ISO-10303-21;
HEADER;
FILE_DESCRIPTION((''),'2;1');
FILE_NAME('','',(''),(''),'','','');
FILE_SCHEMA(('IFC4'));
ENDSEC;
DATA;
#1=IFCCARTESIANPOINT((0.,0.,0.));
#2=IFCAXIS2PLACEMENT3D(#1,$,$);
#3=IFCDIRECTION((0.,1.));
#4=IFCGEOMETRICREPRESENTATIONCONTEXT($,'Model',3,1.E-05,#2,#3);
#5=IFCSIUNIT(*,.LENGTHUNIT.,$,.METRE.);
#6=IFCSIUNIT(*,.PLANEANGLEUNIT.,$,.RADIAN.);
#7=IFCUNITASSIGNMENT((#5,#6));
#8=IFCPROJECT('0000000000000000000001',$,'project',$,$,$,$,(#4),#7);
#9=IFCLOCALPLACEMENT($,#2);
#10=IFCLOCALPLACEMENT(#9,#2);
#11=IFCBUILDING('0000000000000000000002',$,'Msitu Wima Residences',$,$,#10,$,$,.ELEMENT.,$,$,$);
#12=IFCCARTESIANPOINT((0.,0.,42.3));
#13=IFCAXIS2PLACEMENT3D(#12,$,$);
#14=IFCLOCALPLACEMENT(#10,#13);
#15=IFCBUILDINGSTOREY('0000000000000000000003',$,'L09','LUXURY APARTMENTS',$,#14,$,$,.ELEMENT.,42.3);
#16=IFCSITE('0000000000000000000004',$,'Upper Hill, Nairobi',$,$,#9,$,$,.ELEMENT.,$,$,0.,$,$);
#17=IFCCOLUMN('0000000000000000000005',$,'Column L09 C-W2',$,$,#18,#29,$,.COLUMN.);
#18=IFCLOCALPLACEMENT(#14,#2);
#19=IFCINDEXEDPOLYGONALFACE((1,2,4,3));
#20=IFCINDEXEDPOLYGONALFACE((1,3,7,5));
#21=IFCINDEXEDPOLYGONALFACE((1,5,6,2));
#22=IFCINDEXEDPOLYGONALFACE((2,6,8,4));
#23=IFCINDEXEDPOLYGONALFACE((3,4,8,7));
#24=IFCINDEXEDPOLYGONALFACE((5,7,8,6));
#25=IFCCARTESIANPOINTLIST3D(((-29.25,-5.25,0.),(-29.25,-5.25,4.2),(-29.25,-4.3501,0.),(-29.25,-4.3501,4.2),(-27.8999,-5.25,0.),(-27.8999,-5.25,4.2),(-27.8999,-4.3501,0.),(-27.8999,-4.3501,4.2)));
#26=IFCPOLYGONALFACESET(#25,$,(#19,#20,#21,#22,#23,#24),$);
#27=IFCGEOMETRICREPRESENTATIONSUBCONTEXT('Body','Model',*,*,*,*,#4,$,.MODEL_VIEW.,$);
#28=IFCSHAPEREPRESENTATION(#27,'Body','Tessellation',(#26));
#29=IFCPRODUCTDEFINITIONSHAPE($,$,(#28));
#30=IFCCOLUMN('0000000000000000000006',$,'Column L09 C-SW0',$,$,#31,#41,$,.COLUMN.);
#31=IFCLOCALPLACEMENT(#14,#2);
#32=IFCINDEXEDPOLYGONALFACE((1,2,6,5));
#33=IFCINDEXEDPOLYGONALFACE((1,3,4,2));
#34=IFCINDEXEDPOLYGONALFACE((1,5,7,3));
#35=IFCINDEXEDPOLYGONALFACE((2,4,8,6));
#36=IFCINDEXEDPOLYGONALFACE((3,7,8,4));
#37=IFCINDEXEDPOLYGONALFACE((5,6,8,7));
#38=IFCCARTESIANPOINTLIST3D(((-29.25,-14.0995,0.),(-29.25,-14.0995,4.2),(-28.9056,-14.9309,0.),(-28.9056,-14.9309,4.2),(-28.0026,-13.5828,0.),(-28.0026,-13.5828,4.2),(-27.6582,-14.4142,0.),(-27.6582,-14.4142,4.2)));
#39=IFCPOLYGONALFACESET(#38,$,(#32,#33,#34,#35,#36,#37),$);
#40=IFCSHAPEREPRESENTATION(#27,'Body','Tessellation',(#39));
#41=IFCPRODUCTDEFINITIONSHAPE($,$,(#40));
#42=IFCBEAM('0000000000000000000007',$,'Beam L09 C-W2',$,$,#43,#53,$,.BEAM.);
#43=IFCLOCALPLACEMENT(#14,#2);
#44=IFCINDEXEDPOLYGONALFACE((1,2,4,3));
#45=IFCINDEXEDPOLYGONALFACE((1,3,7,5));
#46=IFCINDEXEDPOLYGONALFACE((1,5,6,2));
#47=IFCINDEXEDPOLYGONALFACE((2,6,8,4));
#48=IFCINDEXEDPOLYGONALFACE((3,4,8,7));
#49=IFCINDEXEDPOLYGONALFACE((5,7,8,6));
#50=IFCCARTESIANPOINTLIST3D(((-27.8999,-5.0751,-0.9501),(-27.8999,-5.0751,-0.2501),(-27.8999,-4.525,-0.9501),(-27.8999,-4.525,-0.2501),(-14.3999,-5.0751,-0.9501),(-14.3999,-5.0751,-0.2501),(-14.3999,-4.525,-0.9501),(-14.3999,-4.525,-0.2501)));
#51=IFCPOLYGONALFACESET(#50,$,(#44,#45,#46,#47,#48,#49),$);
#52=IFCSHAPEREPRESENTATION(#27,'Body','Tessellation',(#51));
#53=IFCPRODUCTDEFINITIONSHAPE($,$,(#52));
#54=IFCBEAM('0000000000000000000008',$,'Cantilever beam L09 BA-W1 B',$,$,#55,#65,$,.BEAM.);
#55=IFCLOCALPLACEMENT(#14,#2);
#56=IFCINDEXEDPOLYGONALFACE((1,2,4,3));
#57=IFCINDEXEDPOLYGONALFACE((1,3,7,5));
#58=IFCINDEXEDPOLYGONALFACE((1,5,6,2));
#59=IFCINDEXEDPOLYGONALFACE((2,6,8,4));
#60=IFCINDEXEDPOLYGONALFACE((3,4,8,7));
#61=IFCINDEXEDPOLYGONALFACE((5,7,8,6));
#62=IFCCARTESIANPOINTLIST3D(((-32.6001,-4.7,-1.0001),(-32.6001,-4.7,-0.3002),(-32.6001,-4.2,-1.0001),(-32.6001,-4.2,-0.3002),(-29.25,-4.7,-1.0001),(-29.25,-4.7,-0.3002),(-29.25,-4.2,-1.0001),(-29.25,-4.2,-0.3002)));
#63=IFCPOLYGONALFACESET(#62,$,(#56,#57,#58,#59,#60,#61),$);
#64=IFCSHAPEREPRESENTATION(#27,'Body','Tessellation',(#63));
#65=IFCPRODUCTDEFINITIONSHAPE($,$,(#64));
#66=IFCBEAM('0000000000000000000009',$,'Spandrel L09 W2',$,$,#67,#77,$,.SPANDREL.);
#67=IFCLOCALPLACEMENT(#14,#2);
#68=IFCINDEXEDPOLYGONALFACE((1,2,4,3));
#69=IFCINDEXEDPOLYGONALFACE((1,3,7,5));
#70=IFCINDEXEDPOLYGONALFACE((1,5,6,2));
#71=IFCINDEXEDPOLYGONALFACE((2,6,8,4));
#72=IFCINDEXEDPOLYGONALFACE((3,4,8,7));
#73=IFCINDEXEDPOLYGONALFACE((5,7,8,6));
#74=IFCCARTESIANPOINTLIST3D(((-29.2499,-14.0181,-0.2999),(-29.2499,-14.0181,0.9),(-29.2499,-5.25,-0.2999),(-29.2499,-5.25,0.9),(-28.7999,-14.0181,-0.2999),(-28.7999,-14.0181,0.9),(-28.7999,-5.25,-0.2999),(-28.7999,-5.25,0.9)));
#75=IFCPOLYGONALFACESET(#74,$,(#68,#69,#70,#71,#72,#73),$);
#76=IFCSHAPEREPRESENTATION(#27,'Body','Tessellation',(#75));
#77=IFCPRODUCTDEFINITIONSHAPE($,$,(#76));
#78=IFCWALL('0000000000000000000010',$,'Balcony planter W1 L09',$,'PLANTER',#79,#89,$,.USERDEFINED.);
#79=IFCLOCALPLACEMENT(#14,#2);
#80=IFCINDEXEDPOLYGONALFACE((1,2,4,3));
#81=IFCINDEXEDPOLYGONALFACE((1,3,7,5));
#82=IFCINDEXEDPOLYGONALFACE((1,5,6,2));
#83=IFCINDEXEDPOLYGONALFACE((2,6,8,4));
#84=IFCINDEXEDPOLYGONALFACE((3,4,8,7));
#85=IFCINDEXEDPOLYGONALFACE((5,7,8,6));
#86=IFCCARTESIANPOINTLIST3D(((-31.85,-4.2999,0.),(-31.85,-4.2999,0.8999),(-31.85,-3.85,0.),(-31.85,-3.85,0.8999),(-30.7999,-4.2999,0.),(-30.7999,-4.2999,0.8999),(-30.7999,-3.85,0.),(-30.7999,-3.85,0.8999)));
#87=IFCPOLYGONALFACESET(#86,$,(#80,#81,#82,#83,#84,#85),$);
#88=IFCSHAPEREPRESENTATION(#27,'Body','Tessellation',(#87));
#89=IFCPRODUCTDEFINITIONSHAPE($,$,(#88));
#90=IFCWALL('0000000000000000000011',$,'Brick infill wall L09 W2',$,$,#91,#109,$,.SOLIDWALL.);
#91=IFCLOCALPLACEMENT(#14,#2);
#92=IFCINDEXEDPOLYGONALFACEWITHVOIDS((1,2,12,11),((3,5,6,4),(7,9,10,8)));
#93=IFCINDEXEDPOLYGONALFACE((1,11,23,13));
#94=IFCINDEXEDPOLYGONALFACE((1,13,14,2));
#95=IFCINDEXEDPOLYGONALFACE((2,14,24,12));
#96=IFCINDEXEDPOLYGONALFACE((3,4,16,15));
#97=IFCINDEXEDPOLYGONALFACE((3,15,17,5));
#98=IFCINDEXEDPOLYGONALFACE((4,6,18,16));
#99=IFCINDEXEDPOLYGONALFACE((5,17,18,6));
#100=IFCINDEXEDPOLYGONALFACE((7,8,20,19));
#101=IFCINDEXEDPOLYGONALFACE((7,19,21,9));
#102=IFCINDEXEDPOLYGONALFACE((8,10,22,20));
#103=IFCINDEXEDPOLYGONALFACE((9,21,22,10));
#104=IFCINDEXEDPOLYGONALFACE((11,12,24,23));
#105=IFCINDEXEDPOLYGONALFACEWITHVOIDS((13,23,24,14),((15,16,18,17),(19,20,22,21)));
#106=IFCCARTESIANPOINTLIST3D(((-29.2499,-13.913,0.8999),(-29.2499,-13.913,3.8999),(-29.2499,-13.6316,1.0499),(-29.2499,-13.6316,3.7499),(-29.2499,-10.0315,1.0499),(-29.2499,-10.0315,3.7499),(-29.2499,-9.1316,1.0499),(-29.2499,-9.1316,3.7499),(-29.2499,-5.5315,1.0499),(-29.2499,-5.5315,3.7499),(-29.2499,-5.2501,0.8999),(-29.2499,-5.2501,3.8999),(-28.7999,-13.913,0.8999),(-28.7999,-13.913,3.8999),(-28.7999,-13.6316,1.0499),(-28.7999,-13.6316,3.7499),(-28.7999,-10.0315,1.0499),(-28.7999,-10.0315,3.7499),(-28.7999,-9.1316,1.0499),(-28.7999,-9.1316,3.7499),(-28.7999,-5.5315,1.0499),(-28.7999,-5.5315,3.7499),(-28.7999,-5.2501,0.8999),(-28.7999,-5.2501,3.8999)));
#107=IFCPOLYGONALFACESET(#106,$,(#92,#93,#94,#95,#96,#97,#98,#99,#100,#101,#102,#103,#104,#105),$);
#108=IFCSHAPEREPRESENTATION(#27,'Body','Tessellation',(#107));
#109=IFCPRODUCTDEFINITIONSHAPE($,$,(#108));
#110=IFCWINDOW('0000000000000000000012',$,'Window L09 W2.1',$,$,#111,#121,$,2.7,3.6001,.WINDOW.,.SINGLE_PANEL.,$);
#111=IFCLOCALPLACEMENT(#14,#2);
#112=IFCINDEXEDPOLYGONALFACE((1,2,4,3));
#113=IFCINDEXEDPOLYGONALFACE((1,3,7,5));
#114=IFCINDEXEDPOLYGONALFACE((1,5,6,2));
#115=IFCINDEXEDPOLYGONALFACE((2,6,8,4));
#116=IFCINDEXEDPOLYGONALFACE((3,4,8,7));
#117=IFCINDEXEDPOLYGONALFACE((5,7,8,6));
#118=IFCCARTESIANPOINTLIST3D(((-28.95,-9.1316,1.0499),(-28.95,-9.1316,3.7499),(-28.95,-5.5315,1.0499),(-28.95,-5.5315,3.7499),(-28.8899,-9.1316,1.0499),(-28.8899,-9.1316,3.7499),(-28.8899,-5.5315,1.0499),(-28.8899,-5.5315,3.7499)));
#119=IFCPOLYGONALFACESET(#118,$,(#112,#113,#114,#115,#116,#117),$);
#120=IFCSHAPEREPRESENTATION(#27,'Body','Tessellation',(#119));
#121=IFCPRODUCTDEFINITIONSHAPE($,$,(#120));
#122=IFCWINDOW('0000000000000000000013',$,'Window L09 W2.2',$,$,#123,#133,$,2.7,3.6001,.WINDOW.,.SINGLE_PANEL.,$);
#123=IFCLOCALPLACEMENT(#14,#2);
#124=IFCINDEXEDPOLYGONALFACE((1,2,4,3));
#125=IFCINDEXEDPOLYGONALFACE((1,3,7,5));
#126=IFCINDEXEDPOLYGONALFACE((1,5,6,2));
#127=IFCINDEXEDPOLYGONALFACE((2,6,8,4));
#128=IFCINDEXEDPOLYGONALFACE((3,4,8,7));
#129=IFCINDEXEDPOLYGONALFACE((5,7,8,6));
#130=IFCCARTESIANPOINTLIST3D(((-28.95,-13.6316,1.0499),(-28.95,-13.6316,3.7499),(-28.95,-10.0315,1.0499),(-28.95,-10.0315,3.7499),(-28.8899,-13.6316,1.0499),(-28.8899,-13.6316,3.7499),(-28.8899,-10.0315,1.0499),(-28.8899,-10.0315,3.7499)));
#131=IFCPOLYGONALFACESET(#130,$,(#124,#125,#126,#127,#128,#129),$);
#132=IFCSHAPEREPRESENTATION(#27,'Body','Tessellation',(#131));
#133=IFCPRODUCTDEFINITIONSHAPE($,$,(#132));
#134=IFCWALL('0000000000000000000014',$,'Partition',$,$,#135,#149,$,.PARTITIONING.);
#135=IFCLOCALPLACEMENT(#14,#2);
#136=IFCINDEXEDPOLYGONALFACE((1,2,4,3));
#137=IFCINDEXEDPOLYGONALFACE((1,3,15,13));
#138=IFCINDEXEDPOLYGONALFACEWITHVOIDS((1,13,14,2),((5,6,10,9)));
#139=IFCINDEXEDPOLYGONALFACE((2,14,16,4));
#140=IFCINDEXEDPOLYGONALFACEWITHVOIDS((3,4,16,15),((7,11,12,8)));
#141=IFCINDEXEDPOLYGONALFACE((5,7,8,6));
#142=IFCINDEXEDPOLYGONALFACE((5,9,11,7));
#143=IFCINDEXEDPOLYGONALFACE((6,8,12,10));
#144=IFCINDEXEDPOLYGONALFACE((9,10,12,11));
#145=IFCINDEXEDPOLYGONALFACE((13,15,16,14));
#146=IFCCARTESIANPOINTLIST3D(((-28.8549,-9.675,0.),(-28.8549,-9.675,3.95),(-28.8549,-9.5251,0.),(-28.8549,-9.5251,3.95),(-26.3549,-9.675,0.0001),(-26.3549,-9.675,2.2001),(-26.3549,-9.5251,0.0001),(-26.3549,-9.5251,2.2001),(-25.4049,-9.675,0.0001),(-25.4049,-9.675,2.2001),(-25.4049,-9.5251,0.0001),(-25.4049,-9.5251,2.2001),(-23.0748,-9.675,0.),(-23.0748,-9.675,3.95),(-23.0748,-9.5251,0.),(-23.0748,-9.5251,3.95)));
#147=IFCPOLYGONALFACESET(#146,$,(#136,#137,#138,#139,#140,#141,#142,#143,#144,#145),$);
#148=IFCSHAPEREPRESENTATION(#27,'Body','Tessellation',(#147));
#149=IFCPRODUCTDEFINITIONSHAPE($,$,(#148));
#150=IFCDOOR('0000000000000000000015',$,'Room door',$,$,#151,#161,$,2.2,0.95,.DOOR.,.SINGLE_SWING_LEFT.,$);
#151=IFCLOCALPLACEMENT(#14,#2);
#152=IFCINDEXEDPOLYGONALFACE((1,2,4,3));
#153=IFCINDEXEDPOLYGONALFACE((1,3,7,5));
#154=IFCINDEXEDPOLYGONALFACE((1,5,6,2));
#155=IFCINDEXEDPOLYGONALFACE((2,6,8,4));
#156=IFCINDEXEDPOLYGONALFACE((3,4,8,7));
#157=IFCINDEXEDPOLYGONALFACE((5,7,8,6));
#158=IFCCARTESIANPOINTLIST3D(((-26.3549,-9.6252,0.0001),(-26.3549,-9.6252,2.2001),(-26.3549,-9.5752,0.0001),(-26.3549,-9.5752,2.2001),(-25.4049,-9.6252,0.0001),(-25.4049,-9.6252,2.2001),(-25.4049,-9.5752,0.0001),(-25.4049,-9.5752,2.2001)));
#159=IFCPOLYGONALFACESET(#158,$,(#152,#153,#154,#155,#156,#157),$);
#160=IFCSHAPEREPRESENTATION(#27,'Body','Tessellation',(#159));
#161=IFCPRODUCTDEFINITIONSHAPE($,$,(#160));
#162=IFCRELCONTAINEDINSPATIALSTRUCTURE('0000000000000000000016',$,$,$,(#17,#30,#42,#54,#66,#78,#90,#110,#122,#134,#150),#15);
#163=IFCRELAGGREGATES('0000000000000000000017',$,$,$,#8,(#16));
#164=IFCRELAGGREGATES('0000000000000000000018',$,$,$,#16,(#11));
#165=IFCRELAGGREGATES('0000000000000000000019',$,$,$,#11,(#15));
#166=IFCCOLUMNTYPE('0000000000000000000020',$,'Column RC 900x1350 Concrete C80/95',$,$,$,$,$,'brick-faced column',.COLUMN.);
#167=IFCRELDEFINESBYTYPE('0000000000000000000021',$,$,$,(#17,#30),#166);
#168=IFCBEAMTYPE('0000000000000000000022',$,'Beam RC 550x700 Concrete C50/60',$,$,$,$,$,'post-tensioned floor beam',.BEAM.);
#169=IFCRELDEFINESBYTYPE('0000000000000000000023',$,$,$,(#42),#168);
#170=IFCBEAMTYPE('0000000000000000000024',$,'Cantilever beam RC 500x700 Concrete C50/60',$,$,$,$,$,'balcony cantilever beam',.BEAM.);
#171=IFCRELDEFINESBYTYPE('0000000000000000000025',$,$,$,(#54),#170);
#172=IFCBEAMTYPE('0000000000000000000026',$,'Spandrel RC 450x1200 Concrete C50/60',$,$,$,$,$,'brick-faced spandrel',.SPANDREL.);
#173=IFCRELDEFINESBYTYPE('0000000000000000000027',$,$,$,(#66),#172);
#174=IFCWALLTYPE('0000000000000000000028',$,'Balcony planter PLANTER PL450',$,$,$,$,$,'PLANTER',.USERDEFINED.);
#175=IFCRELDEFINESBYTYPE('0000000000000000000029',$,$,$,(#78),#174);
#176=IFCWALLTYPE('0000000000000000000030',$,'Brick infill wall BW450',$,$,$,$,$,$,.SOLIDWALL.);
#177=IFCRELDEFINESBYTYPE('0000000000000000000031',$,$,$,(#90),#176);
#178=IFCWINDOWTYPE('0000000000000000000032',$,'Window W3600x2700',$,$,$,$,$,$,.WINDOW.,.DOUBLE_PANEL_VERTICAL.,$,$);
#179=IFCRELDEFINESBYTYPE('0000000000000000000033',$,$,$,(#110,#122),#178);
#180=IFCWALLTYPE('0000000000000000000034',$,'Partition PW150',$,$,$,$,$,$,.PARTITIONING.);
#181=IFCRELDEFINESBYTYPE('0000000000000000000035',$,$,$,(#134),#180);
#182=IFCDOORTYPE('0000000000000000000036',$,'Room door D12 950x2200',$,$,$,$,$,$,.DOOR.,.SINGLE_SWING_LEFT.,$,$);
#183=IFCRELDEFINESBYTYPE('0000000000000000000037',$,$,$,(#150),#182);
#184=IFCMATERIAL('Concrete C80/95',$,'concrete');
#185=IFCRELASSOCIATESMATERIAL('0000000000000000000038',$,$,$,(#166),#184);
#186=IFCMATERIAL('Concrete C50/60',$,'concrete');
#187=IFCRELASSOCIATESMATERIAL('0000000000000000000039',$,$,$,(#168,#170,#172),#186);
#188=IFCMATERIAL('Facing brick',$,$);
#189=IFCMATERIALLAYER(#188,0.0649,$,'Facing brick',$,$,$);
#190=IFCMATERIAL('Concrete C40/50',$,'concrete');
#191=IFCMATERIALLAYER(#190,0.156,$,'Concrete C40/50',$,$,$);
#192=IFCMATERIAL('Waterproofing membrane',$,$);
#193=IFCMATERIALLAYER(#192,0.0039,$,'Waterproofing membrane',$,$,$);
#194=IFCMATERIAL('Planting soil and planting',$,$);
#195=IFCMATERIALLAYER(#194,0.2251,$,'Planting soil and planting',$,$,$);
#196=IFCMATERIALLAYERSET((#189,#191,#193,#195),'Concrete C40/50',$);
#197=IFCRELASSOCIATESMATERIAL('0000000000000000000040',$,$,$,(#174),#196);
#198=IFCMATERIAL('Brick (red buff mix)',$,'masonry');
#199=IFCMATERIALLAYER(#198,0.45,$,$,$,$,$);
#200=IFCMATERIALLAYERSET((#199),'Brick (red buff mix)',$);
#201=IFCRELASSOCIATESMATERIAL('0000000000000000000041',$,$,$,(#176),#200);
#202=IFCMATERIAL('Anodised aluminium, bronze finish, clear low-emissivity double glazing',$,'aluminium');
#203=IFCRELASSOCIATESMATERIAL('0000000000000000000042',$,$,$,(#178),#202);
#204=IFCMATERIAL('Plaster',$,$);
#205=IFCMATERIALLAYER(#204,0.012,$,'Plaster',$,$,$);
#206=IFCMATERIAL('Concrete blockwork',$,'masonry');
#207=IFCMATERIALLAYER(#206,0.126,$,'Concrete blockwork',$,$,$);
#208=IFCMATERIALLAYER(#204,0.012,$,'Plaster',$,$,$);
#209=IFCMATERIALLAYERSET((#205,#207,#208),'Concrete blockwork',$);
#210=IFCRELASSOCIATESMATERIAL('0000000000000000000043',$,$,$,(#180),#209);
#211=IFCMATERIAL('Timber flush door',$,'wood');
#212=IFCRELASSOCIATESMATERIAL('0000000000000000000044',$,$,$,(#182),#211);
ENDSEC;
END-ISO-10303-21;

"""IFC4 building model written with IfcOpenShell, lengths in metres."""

from ifc_helpers import new_model, si_unit, direction, frame, frame_2d, origin, origin_2d, place, context, subcontext, project, spatial, rectangle, extrude, material, layer, layer_set, material_profile, profile_set, type_object, element, fill, save


model = new_model("IFC4")

# Units and contexts
model_context = context("Model", 3, precision=1e-05, world=origin(), true_north=direction((0.0, 1.0)))
body_context = subcontext(model_context, "Body", "Model", "MODEL_VIEW")
ifc_project = project(units=[si_unit("LENGTHUNIT", "METRE"), si_unit("PLANEANGLEUNIT", "RADIAN")], contexts=[model_context])

# Site, building, storey
site_placement = place(None, origin())
site = spatial("IfcSite", under=ifc_project, at=site_placement, Name="Upper Hill, Nairobi", CompositionType="ELEMENT", RefElevation=0.0)
building_placement = place(site_placement, origin())
building = spatial("IfcBuilding", under=site, at=building_placement, Name="Msitu Wima Residences", CompositionType="ELEMENT")
storey_placement = place(building_placement, frame((0.0, 0.0, 42.3)))
storey = spatial("IfcBuildingStorey", under=building, at=storey_placement, Name="L09", Description="LUXURY APARTMENTS", CompositionType="ELEMENT", Elevation=42.3)

# Columns
ifc_material_1 = material(Name="Concrete C80/95", Category="concrete")
ifc_material_profile_1 = material_profile(ifc_material_1, rectangle(XDim=0.8999, YDim=1.3501, at=origin_2d()), Name="RC 900x1350")
ifc_profile_set_1 = profile_set([ifc_material_profile_1], Name="Concrete C80/95")
column_type = type_object("IfcColumnType", Name="Column RC 900x1350 Concrete C80/95", ElementType="brick-faced column", PredefinedType="COLUMN", material=ifc_profile_set_1)
for number, where, z_axis, x_axis, name in (
    (1, (-28.575, -4.8, 0.0), (0.0, 0.0, 1.0), (0.0, -1.0, 0.0), "Column L09 C-W2"),
    (2, (-28.4541, -14.2568, 0.0), (0.0, 0.0, 1.0), (0.382683, -0.92388, 0.0), "Column L09 C-SW0"),
):
    element("IfcColumn", number, at=place(storey_placement, frame(where, z_axis=z_axis, x_axis=x_axis)), inside=storey, type_object=column_type, Name=name, PredefinedType="COLUMN", context=body_context, shape_type="SweptSolid", body=[
        extrude(rectangle(XDim=0.8999, YDim=1.3501, at=origin_2d()), origin(), (0.0, 0.0, 1.0), 4.2),
    ])

# Beams
ifc_material_2 = material(Name="Concrete C50/60", Category="concrete")
ifc_material_profile_2 = material_profile(ifc_material_2, rectangle(XDim=0.55, YDim=0.7, at=origin_2d()), Name="RC 550x700")
ifc_profile_set_2 = profile_set([ifc_material_profile_2], Name="Concrete C50/60")
beam_type_1 = type_object("IfcBeamType", Name="Beam RC 550x700 Concrete C50/60", ElementType="post-tensioned floor beam", PredefinedType="BEAM", material=ifc_profile_set_2)
beam_1_placement = place(storey_placement, frame((-27.8999, -4.8, -0.6001), z_axis=(1.0, 0.0, 0.0), x_axis=(0.0, 1.0, 0.0)))
element("IfcBeam", 3, at=beam_1_placement, inside=storey, type_object=beam_type_1, Name="Beam L09 C-W2", PredefinedType="BEAM", context=body_context, shape_type="SweptSolid", body=[
    extrude(rectangle(XDim=0.55, YDim=0.7, at=origin_2d()), origin(), (0.0, 0.0, 1.0), 13.5),
])
ifc_material_profile_3 = material_profile(ifc_material_2, rectangle(XDim=0.5, YDim=0.7, at=origin_2d()), Name="RC 500x700")
ifc_profile_set_3 = profile_set([ifc_material_profile_3], Name="Concrete C50/60")
beam_type_2 = type_object("IfcBeamType", Name="Cantilever beam RC 500x700 Concrete C50/60", ElementType="balcony cantilever beam", PredefinedType="BEAM", material=ifc_profile_set_3)
beam_2_placement = place(storey_placement, frame((-29.25, -4.45, -0.6501), z_axis=(-1.0, 0.0, 0.0), x_axis=(0.0, -1.0, 0.0)))
element("IfcBeam", 4, at=beam_2_placement, inside=storey, type_object=beam_type_2, Name="Cantilever beam L09 BA-W1 B", PredefinedType="BEAM", context=body_context, shape_type="SweptSolid", body=[
    extrude(rectangle(XDim=0.5, YDim=0.7, at=origin_2d()), origin(), (0.0, 0.0, 1.0), 3.3501),
])
ifc_material_profile_4 = material_profile(ifc_material_2, rectangle(XDim=0.45, YDim=1.2, at=origin_2d()), Name="RC 450x1200")
ifc_profile_set_4 = profile_set([ifc_material_profile_4], Name="Concrete C50/60")
beam_type_3 = type_object("IfcBeamType", Name="Spandrel RC 450x1200 Concrete C50/60", ElementType="brick-faced spandrel", PredefinedType="SPANDREL", material=ifc_profile_set_4)
beam_3_placement = place(storey_placement, frame((-29.0249, -5.25, 0.3), z_axis=(0.0, -1.0, 0.0), x_axis=(1.0, 0.0, 0.0)))
element("IfcBeam", 5, at=beam_3_placement, inside=storey, type_object=beam_type_3, Name="Spandrel L09 W2", PredefinedType="SPANDREL", context=body_context, shape_type="SweptSolid", body=[
    extrude(rectangle(XDim=0.45, YDim=1.2, at=origin_2d()), origin(), (0.0, 0.0, 1.0), 8.7681),
])

# Wall
ifc_material_3 = material(Name="Facing brick")
ifc_layer_1 = layer(ifc_material_3, 0.0649, Name="Facing brick")
ifc_material_4 = material(Name="Concrete C40/50", Category="concrete")
ifc_layer_2 = layer(ifc_material_4, 0.156, Name="Concrete C40/50")
ifc_material_5 = material(Name="Waterproofing membrane")
ifc_layer_3 = layer(ifc_material_5, 0.0039, Name="Waterproofing membrane")
ifc_material_6 = material(Name="Planting soil and planting")
ifc_layer_4 = layer(ifc_material_6, 0.2251, Name="Planting soil and planting")
ifc_layer_set_1 = layer_set([ifc_layer_1, ifc_layer_2, ifc_layer_3, ifc_layer_4], Name="Concrete C40/50")
wall_type_1 = type_object("IfcWallType", Name="Balcony planter PLANTER PL450", ElementType="PLANTER", PredefinedType="USERDEFINED", material=ifc_layer_set_1)
wall_1_placement = place(storey_placement, frame((-30.8, -4.075, 0.0), z_axis=(0.0, 0.0, 1.0), x_axis=(-1.0, 0.0, 0.0)))
element("IfcWall", 6, at=wall_1_placement, inside=storey, type_object=wall_type_1, Name="Balcony planter W1 L09", ObjectType="PLANTER", PredefinedType="USERDEFINED", context=body_context, shape_type="SweptSolid", body=[
    extrude(rectangle(XDim=1.05, YDim=0.45, at=frame_2d((0.5249, 0.0))), origin(), (0.0, 0.0, 1.0), 0.8999),
])

# Wall, openings, windows
ifc_material_7 = material(Name="Brick (red buff mix)", Category="masonry")
ifc_layer_5 = layer(ifc_material_7, 0.45)
ifc_layer_set_2 = layer_set([ifc_layer_5], Name="Brick (red buff mix)")
wall_type_2 = type_object("IfcWallType", Name="Brick infill wall BW450", PredefinedType="SOLIDWALL", material=ifc_layer_set_2)
wall_2_placement = place(storey_placement, frame((-29.0249, -5.25, 0.8999), z_axis=(0.0, 0.0, 1.0), x_axis=(0.0, -1.0, 0.0)))
wall_2 = element("IfcWall", 7, at=wall_2_placement, inside=storey, type_object=wall_type_2, Name="Brick infill wall L09 W2", PredefinedType="SOLIDWALL", context=body_context, shape_type="SweptSolid", body=[
    extrude(rectangle(XDim=8.6628, YDim=0.45, at=frame_2d((4.3315, 0.0))), origin(), (0.0, 0.0, 1.0), 3.0),
])
opening_1_placement = place(wall_2_placement, frame((0.2815, 0.0, 0.1499)))
opening_1 = element("IfcOpeningElement", 8, at=opening_1_placement, cuts=wall_2, PredefinedType="OPENING", context=body_context, shape_type="SweptSolid", body=[
    extrude(rectangle(XDim=3.6001, YDim=2.7, at=frame_2d((1.8, 1.3501))), frame((0.0, 0.2349, 0.0), z_axis=(0.0, -1.0, 0.0), x_axis=(1.0, 0.0, 0.0)), (0.0, 0.0, 1.0), 0.47),
])
opening_2_placement = place(wall_2_placement, frame((4.7815, 0.0, 0.1499)))
opening_2 = element("IfcOpeningElement", 9, at=opening_2_placement, cuts=wall_2, PredefinedType="OPENING", context=body_context, shape_type="SweptSolid", body=[
    extrude(rectangle(XDim=3.6001, YDim=2.7, at=frame_2d((1.8, 1.3501))), frame((0.0, 0.2349, 0.0), z_axis=(0.0, -1.0, 0.0), x_axis=(1.0, 0.0, 0.0)), (0.0, 0.0, 1.0), 0.47),
])
ifc_material_8 = material(Name="Anodised aluminium, bronze finish, clear low-emissivity double glazing", Category="aluminium")
window_type = type_object("IfcWindowType", Name="Window W3600x2700", PartitioningType="DOUBLE_PANEL_VERTICAL", PredefinedType="WINDOW", material=ifc_material_8)
window_1_placement = place(opening_1_placement, origin())
window_1 = element("IfcWindow", 10, at=window_1_placement, inside=storey, type_object=window_type, Name="Window L09 W2.1", OverallHeight=2.7, OverallWidth=3.6001, PartitioningType="SINGLE_PANEL", PredefinedType="WINDOW", context=body_context, shape_type="SweptSolid", body=[
    extrude(rectangle(XDim=3.6001, YDim=2.7, at=frame_2d((1.8, 1.3501))), frame((0.0, 0.135, 0.0), z_axis=(0.0, -1.0, 0.0), x_axis=(1.0, 0.0, 0.0)), (0.0, 0.0, 1.0), 0.0601),
])
fill(opening_1, window_1)
window_2_placement = place(opening_2_placement, origin())
window_2 = element("IfcWindow", 11, at=window_2_placement, inside=storey, type_object=window_type, Name="Window L09 W2.2", OverallHeight=2.7, OverallWidth=3.6001, PartitioningType="SINGLE_PANEL", PredefinedType="WINDOW", context=body_context, shape_type="SweptSolid", body=[
    extrude(rectangle(XDim=3.6001, YDim=2.7, at=frame_2d((1.8, 1.3501))), frame((0.0, 0.135, 0.0), z_axis=(0.0, -1.0, 0.0), x_axis=(1.0, 0.0, 0.0)), (0.0, 0.0, 1.0), 0.0601),
])
fill(opening_2, window_2)

# Wall, opening, door
ifc_material_9 = material(Name="Plaster")
ifc_layer_6 = layer(ifc_material_9, 0.012, Name="Plaster")
ifc_material_10 = material(Name="Concrete blockwork", Category="masonry")
ifc_layer_7 = layer(ifc_material_10, 0.126, Name="Concrete blockwork")
ifc_layer_8 = layer(ifc_material_9, 0.012, Name="Plaster")
ifc_layer_set_3 = layer_set([ifc_layer_6, ifc_layer_7, ifc_layer_8], Name="Concrete blockwork")
wall_type_3 = type_object("IfcWallType", Name="Partition PW150", PredefinedType="PARTITIONING", material=ifc_layer_set_3)
wall_3_placement = place(storey_placement, frame((-28.855, -9.6001, 0.0), z_axis=(0.0, 0.0, 1.0), x_axis=(1.0, 0.0, 0.0)))
wall_3 = element("IfcWall", 12, at=wall_3_placement, inside=storey, type_object=wall_type_3, Name="Partition", PredefinedType="PARTITIONING", context=body_context, shape_type="SweptSolid", body=[
    extrude(rectangle(XDim=5.78, YDim=0.1499, at=frame_2d((2.8901, 0.0))), origin(), (0.0, 0.0, 1.0), 3.95),
])
opening_3_placement = place(wall_3_placement, frame((2.5, 0.0, 0.0)))
opening_3 = element("IfcOpeningElement", 13, at=opening_3_placement, cuts=wall_3, PredefinedType="OPENING", context=body_context, shape_type="SweptSolid", body=[
    extrude(rectangle(XDim=0.95, YDim=2.2, at=frame_2d((0.4751, 1.1001))), frame((0.0, 0.085, 0.0), z_axis=(0.0, -1.0, 0.0), x_axis=(1.0, 0.0, 0.0)), (0.0, 0.0, 1.0), 0.1699),
])
ifc_material_11 = material(Name="Timber flush door", Category="wood")
door_type = type_object("IfcDoorType", Name="Room door D12 950x2200", OperationType="SINGLE_SWING_LEFT", PredefinedType="DOOR", material=ifc_material_11)
door_placement = place(opening_3_placement, origin())
door = element("IfcDoor", 14, at=door_placement, inside=storey, type_object=door_type, Name="Room door", OperationType="SINGLE_SWING_LEFT", OverallHeight=2.2, OverallWidth=0.95, PredefinedType="DOOR", context=body_context, shape_type="SweptSolid", body=[
    extrude(rectangle(XDim=0.95, YDim=2.2, at=frame_2d((0.4751, 1.1001))), frame((0.0, 0.0249, 0.0), z_axis=(0.0, -1.0, 0.0), x_axis=(1.0, 0.0, 0.0)), (0.0, 0.0, 1.0), 0.05),
])
fill(opening_3, door)

save(model, "model.ifc")
